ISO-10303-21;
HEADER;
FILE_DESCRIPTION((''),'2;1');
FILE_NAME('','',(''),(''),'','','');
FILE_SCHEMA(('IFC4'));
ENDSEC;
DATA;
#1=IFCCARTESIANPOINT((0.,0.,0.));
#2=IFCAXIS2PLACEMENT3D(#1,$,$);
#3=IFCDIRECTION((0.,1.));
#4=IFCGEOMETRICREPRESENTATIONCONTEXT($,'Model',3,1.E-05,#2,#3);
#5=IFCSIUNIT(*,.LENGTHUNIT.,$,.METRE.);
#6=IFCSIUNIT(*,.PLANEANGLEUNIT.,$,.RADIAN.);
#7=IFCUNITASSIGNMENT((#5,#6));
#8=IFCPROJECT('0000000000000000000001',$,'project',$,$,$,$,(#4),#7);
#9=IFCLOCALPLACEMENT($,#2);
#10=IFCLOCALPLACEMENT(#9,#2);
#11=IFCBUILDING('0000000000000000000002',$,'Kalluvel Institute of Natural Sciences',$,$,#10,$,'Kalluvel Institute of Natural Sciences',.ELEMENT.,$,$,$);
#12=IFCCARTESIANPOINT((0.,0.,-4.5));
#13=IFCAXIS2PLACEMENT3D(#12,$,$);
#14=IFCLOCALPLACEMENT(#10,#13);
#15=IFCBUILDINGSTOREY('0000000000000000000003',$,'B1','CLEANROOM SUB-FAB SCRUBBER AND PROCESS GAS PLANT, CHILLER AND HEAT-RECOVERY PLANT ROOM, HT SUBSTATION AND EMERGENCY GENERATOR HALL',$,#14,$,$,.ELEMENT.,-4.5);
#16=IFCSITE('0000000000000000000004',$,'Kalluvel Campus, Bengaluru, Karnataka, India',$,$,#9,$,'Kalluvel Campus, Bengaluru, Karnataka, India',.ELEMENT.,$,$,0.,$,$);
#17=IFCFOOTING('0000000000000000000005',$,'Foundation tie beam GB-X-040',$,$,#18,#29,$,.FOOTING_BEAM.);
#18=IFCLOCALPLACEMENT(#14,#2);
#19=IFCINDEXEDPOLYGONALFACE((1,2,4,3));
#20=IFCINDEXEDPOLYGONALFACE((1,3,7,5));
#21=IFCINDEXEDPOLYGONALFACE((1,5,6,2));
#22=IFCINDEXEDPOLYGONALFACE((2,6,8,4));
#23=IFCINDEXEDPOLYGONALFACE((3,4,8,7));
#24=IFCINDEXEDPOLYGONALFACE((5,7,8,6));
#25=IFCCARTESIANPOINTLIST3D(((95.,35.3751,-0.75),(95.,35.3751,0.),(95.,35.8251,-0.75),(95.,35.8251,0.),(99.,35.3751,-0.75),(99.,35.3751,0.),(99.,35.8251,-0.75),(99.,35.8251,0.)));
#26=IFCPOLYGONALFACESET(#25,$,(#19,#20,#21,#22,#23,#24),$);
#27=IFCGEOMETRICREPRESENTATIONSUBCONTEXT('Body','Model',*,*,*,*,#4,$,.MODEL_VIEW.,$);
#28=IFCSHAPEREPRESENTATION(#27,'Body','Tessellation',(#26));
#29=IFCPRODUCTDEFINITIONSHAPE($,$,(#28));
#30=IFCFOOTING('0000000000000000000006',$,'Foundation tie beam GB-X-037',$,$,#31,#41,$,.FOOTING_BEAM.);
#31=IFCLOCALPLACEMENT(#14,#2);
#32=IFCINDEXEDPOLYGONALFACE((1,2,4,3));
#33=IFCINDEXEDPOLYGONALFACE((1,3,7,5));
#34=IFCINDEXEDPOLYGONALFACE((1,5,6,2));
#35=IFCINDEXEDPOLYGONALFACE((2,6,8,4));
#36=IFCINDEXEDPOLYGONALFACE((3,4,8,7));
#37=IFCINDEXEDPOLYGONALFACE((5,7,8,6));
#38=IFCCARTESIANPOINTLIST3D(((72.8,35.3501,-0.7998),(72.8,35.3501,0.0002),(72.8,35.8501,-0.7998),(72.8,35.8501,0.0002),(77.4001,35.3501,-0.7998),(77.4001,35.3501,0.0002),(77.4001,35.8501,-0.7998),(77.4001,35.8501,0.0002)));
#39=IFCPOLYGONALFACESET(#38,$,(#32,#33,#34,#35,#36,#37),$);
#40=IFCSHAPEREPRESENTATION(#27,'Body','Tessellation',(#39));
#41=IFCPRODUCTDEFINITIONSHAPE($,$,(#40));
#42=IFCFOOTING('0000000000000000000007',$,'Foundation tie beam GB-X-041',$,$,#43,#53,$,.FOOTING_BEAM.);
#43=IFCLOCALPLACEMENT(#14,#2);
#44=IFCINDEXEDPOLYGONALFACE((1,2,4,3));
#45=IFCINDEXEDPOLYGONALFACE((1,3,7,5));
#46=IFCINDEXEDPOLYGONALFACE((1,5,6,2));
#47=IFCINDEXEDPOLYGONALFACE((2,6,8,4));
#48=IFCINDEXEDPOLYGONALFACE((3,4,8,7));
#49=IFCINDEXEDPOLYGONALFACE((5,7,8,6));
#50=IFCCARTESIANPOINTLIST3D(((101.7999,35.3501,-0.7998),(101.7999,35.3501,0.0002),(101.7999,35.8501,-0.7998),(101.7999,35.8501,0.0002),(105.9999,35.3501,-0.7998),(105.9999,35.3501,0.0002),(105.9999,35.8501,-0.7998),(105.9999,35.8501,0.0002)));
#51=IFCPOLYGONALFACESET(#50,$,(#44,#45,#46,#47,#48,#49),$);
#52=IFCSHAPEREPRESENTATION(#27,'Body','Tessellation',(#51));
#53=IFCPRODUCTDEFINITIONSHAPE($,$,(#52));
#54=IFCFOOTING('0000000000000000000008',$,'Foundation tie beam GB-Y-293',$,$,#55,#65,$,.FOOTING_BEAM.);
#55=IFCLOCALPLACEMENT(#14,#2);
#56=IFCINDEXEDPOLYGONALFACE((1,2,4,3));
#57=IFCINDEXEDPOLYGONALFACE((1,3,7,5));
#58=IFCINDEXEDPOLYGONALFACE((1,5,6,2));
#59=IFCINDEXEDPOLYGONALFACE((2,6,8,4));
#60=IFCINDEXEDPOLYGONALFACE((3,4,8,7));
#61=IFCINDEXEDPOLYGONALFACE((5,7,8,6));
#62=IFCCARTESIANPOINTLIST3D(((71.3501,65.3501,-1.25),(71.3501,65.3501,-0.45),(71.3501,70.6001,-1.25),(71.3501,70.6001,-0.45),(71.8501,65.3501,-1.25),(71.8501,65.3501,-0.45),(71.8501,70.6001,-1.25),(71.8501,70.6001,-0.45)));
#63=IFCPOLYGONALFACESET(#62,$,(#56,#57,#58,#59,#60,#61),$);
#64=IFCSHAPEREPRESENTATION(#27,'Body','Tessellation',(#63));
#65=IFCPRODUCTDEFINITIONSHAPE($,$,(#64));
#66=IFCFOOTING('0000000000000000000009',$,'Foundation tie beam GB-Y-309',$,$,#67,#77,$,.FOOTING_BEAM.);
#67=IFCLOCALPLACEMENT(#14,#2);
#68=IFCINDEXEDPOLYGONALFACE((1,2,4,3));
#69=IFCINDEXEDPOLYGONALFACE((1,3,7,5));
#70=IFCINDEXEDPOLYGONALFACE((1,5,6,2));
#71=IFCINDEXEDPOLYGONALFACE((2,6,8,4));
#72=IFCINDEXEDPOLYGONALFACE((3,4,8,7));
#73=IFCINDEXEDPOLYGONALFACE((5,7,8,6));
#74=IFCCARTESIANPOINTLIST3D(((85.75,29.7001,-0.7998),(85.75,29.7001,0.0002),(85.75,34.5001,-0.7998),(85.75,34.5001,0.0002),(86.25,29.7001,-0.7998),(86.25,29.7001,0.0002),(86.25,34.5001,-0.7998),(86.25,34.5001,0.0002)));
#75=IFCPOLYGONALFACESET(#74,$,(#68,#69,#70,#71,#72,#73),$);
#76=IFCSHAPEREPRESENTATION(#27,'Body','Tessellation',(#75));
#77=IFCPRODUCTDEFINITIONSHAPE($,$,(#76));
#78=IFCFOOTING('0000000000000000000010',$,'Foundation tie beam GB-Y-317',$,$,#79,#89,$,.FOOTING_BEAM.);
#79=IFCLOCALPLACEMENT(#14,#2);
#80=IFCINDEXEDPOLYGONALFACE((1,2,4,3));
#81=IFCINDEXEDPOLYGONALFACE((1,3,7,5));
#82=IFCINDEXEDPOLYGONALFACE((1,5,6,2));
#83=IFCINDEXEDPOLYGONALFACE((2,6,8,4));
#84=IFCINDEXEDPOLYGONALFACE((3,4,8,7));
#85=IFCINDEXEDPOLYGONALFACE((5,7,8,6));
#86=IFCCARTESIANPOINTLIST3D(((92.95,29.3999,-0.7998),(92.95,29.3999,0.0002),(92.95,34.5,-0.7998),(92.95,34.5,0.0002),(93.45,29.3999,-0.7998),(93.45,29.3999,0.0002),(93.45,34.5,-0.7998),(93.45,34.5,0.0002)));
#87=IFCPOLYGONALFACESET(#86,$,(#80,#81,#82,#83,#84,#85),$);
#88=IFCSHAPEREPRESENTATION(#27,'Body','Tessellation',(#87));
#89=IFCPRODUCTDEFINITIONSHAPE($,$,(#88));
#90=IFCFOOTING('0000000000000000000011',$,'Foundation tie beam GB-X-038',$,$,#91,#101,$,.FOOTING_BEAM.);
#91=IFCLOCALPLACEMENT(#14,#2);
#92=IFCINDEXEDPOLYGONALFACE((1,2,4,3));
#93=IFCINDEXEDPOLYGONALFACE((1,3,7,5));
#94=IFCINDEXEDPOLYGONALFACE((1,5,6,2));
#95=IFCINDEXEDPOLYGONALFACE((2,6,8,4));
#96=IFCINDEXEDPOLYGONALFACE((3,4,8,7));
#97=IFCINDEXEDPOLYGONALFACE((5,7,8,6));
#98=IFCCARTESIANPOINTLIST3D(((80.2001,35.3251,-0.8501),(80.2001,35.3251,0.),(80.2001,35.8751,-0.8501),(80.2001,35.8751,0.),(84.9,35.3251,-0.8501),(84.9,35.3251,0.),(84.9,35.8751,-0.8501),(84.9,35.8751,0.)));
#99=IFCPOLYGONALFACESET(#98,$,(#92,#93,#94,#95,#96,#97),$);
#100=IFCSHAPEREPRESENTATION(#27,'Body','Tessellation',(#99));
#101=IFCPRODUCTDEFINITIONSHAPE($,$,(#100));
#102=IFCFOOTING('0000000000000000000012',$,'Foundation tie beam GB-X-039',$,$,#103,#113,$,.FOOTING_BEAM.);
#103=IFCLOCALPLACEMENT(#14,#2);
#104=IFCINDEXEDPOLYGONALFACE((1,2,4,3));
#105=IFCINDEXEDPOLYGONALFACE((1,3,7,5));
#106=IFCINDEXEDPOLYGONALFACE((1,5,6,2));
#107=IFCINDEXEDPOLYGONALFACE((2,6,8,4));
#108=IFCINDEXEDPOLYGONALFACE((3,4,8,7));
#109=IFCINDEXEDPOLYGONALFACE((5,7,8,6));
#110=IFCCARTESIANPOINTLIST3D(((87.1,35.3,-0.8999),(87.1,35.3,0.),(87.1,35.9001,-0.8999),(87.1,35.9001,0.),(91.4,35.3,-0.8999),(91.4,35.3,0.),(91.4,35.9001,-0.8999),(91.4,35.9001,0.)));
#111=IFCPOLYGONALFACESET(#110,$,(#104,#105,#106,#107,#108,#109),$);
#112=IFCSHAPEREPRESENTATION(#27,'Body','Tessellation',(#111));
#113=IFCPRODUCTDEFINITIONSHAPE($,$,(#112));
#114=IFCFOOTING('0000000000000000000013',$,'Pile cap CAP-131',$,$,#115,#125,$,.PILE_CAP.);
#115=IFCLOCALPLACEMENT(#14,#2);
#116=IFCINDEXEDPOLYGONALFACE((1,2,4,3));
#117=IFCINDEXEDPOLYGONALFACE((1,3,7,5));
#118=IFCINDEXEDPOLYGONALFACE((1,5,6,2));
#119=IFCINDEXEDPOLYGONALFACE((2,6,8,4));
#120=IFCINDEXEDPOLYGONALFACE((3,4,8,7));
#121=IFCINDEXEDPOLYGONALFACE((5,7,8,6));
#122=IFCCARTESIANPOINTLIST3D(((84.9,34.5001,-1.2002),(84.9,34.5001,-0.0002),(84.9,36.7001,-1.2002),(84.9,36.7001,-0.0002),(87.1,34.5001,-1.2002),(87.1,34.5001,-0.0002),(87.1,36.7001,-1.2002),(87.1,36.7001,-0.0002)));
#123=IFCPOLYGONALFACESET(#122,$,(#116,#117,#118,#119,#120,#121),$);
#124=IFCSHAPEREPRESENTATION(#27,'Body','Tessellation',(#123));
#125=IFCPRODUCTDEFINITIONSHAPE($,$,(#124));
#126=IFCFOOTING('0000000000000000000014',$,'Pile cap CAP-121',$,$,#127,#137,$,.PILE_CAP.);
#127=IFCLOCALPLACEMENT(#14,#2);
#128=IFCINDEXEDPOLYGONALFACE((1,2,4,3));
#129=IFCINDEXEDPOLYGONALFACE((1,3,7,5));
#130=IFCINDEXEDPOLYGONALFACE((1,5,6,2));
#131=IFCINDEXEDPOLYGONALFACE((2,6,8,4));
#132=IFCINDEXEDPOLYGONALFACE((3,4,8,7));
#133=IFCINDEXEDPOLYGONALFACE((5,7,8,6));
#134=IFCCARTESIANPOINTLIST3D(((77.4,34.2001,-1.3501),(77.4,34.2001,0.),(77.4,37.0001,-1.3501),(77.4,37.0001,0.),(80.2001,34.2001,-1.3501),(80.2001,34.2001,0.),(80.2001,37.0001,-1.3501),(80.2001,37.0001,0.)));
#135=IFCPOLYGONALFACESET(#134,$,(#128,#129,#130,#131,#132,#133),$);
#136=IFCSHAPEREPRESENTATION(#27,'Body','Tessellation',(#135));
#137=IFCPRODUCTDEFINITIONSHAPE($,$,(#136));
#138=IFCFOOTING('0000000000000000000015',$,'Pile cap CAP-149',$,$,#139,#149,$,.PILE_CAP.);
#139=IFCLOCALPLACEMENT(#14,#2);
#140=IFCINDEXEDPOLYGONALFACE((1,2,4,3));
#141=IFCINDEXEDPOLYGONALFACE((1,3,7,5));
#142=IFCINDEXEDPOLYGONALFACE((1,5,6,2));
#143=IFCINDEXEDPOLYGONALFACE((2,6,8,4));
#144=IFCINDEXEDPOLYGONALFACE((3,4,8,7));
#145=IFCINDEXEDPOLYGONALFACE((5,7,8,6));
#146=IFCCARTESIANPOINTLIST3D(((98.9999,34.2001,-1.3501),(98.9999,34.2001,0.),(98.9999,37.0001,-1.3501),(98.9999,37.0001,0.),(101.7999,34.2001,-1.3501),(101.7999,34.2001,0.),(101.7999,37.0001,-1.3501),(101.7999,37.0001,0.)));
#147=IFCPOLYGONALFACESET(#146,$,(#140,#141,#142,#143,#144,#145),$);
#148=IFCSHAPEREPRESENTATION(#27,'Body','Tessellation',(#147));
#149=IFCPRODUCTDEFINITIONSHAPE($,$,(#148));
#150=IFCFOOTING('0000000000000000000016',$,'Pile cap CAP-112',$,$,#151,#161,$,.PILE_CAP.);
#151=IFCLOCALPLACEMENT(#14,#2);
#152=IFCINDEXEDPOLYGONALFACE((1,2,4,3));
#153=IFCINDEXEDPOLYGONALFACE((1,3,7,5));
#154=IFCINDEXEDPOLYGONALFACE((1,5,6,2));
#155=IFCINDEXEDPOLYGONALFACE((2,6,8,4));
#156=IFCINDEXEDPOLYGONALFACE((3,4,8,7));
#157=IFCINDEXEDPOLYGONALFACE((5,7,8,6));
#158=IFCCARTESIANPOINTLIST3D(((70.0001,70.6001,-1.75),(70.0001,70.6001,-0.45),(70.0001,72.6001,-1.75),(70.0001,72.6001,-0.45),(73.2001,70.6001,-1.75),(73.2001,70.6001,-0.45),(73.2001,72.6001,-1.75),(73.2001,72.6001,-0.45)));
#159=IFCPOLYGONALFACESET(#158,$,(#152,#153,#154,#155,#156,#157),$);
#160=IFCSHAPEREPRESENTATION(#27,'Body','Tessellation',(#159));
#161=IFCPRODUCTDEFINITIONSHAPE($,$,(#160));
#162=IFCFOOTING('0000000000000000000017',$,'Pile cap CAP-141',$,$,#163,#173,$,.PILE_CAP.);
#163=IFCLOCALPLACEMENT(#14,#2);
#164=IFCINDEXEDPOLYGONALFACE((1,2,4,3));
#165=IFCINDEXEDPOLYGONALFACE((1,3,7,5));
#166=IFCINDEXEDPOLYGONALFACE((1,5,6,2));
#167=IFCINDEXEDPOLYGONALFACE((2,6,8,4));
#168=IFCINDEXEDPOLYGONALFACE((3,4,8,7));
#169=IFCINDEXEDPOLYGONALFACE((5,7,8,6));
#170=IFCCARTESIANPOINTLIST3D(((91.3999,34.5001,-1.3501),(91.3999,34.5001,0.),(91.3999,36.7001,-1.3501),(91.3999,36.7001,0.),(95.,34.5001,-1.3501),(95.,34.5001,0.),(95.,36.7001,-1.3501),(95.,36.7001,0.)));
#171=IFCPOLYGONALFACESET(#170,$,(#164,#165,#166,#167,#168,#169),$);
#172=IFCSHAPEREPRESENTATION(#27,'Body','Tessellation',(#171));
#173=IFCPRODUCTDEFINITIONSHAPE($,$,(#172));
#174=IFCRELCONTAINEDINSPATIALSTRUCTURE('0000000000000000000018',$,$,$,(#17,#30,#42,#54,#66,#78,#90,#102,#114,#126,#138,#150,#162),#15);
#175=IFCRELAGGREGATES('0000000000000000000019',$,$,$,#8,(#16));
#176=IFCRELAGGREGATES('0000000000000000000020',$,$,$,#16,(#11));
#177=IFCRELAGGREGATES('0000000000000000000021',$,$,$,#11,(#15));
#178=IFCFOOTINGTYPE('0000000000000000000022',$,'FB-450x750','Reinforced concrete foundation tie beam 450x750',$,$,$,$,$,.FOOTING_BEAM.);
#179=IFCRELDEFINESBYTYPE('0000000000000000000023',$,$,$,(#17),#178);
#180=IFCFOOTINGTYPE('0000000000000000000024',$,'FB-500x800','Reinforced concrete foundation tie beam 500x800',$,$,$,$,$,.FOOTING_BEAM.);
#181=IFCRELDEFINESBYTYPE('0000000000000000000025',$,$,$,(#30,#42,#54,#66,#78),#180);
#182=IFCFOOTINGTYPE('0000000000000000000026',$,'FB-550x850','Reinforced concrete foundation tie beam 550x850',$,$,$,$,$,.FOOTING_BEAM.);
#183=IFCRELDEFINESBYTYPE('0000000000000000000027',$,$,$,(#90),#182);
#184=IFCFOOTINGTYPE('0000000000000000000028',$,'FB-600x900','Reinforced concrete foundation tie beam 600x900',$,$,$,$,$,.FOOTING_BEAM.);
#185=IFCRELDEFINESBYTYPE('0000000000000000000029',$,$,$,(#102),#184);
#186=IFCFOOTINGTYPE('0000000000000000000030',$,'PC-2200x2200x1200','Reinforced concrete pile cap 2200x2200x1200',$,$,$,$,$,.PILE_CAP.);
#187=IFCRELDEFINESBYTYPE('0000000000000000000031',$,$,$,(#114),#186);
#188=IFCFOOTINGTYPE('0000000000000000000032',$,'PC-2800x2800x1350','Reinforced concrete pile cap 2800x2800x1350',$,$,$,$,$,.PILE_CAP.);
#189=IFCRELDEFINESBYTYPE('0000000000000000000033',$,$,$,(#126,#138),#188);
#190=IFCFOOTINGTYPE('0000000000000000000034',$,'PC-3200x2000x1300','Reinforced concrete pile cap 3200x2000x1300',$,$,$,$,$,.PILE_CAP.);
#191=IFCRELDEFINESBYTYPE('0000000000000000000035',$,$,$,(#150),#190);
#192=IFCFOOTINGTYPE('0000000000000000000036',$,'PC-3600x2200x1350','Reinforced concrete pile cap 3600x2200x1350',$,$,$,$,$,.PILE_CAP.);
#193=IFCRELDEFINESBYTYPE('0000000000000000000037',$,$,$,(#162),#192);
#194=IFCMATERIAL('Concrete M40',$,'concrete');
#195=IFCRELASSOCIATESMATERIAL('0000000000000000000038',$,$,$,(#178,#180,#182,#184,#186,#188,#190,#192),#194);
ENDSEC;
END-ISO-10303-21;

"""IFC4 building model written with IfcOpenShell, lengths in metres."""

from ifc_helpers import new_model, si_unit, direction, frame, origin, origin_2d, place, context, subcontext, project, spatial, rectangle, extrude, material, type_object, element, save


model = new_model("IFC4")

# Units and contexts
model_context = context("Model", 3, precision=1e-05, world=origin(), true_north=direction((0.0, 1.0)))
body_context = subcontext(model_context, "Body", "Model", "MODEL_VIEW")
ifc_project = project(units=[si_unit("LENGTHUNIT", "METRE"), si_unit("PLANEANGLEUNIT", "RADIAN")], contexts=[model_context])

# Site, building, storey
site_placement = place(None, origin())
site = spatial("IfcSite", under=ifc_project, at=site_placement, Name="Kalluvel Campus, Bengaluru, Karnataka, India", LongName="Kalluvel Campus, Bengaluru, Karnataka, India", CompositionType="ELEMENT", RefElevation=0.0)
building_placement = place(site_placement, origin())
building = spatial("IfcBuilding", under=site, at=building_placement, Name="Kalluvel Institute of Natural Sciences", LongName="Kalluvel Institute of Natural Sciences", CompositionType="ELEMENT")
storey_placement = place(building_placement, frame((0.0, 0.0, -4.5)))
storey = spatial("IfcBuildingStorey", under=building, at=storey_placement, Name="B1", Description="CLEANROOM SUB-FAB SCRUBBER AND PROCESS GAS PLANT, CHILLER AND HEAT-RECOVERY PLANT ROOM, HT SUBSTATION AND EMERGENCY GENERATOR HALL", CompositionType="ELEMENT", Elevation=-4.5)

# Footings
ifc_material_1 = material(Name="Concrete M40", Category="concrete")
footing_type_1 = type_object("IfcFootingType", Name="FB-450x750", Description="Reinforced concrete foundation tie beam 450x750", PredefinedType="FOOTING_BEAM", material=ifc_material_1)
footing_1_placement = place(storey_placement, frame((97.0, 35.6001, -0.75), z_axis=(0.0, 0.0, 1.0), x_axis=(1.0, 0.0, 0.0)))
element("IfcFooting", 1, at=footing_1_placement, inside=storey, type_object=footing_type_1, Name="Foundation tie beam GB-X-040", PredefinedType="FOOTING_BEAM", context=body_context, shape_type="SweptSolid", body=[
    extrude(rectangle(XDim=4.0, YDim=0.45, at=origin_2d()), origin(), (0.0, 0.0, 1.0), 0.75),
])
footing_type_2 = type_object("IfcFootingType", Name="FB-500x800", Description="Reinforced concrete foundation tie beam 500x800", PredefinedType="FOOTING_BEAM", material=ifc_material_1)
footing_2_placement = place(storey_placement, frame((75.1001, 35.6001, -0.7998), z_axis=(0.0, 0.0, 1.0), x_axis=(1.0, 0.0, 0.0)))
element("IfcFooting", 2, at=footing_2_placement, inside=storey, type_object=footing_type_2, Name="Foundation tie beam GB-X-037", PredefinedType="FOOTING_BEAM", context=body_context, shape_type="SweptSolid", body=[
    extrude(rectangle(XDim=4.6001, YDim=0.5, at=origin_2d()), origin(), (0.0, 0.0, 1.0), 0.8),
])
footing_3_placement = place(storey_placement, frame((103.8999, 35.6001, -0.7998), z_axis=(0.0, 0.0, 1.0), x_axis=(1.0, 0.0, 0.0)))
element("IfcFooting", 3, at=footing_3_placement, inside=storey, type_object=footing_type_2, Name="Foundation tie beam GB-X-041", PredefinedType="FOOTING_BEAM", context=body_context, shape_type="SweptSolid", body=[
    extrude(rectangle(XDim=4.2, YDim=0.5, at=origin_2d()), origin(), (0.0, 0.0, 1.0), 0.8),
])
footing_4_placement = place(storey_placement, frame((71.6001, 67.9751, -1.25), z_axis=(0.0, 0.0, 1.0), x_axis=(1.0, 0.0, 0.0)))
element("IfcFooting", 4, at=footing_4_placement, inside=storey, type_object=footing_type_2, Name="Foundation tie beam GB-Y-293", PredefinedType="FOOTING_BEAM", context=body_context, shape_type="SweptSolid", body=[
    extrude(rectangle(XDim=0.5, YDim=5.25, at=origin_2d()), origin(), (0.0, 0.0, 1.0), 0.8),
])
footing_5_placement = place(storey_placement, frame((86.0, 32.1001, -0.7998), z_axis=(0.0, 0.0, 1.0), x_axis=(1.0, 0.0, 0.0)))
element("IfcFooting", 5, at=footing_5_placement, inside=storey, type_object=footing_type_2, Name="Foundation tie beam GB-Y-309", PredefinedType="FOOTING_BEAM", context=body_context, shape_type="SweptSolid", body=[
    extrude(rectangle(XDim=0.5, YDim=4.8, at=origin_2d()), origin(), (0.0, 0.0, 1.0), 0.8),
])
footing_6_placement = place(storey_placement, frame((93.2, 31.95, -0.7998), z_axis=(0.0, 0.0, 1.0), x_axis=(1.0, 0.0, 0.0)))
element("IfcFooting", 6, at=footing_6_placement, inside=storey, type_object=footing_type_2, Name="Foundation tie beam GB-Y-317", PredefinedType="FOOTING_BEAM", context=body_context, shape_type="SweptSolid", body=[
    extrude(rectangle(XDim=0.5, YDim=5.1001, at=origin_2d()), origin(), (0.0, 0.0, 1.0), 0.8),
])
footing_type_3 = type_object("IfcFootingType", Name="FB-550x850", Description="Reinforced concrete foundation tie beam 550x850", PredefinedType="FOOTING_BEAM", material=ifc_material_1)
footing_7_placement = place(storey_placement, frame((82.55, 35.6001, -0.8501), z_axis=(0.0, 0.0, 1.0), x_axis=(1.0, 0.0, 0.0)))
element("IfcFooting", 7, at=footing_7_placement, inside=storey, type_object=footing_type_3, Name="Foundation tie beam GB-X-038", PredefinedType="FOOTING_BEAM", context=body_context, shape_type="SweptSolid", body=[
    extrude(rectangle(XDim=4.7, YDim=0.55, at=origin_2d()), origin(), (0.0, 0.0, 1.0), 0.8501),
])
footing_type_4 = type_object("IfcFootingType", Name="FB-600x900", Description="Reinforced concrete foundation tie beam 600x900", PredefinedType="FOOTING_BEAM", material=ifc_material_1)
footing_8_placement = place(storey_placement, frame((89.25, 35.6001, -0.8999), z_axis=(0.0, 0.0, 1.0), x_axis=(1.0, 0.0, 0.0)))
element("IfcFooting", 8, at=footing_8_placement, inside=storey, type_object=footing_type_4, Name="Foundation tie beam GB-X-039", PredefinedType="FOOTING_BEAM", context=body_context, shape_type="SweptSolid", body=[
    extrude(rectangle(XDim=4.3, YDim=0.6001, at=origin_2d()), origin(), (0.0, 0.0, 1.0), 0.8999),
])
footing_type_5 = type_object("IfcFootingType", Name="PC-2200x2200x1200", Description="Reinforced concrete pile cap 2200x2200x1200", PredefinedType="PILE_CAP", material=ifc_material_1)
footing_9_placement = place(storey_placement, frame((86.0, 35.6001, -1.2002), z_axis=(0.0, 0.0, 1.0), x_axis=(1.0, 0.0, 0.0)))
element("IfcFooting", 9, at=footing_9_placement, inside=storey, type_object=footing_type_5, Name="Pile cap CAP-131", PredefinedType="PILE_CAP", context=body_context, shape_type="SweptSolid", body=[
    extrude(rectangle(XDim=2.2, YDim=2.2, at=origin_2d()), origin(), (0.0, 0.0, 1.0), 1.2),
])
footing_type_6 = type_object("IfcFootingType", Name="PC-2800x2800x1350", Description="Reinforced concrete pile cap 2800x2800x1350", PredefinedType="PILE_CAP", material=ifc_material_1)
for number, where, z_axis, x_axis, name in (
    (10, (78.8, 35.6001, -1.3501), (0.0, 0.0, 1.0), (1.0, 0.0, 0.0), "Pile cap CAP-121"),
    (11, (100.3999, 35.6001, -1.3501), (0.0, 0.0, 1.0), (1.0, 0.0, 0.0), "Pile cap CAP-149"),
):
    element("IfcFooting", number, at=place(storey_placement, frame(where, z_axis=z_axis, x_axis=x_axis)), inside=storey, type_object=footing_type_6, Name=name, PredefinedType="PILE_CAP", context=body_context, shape_type="SweptSolid", body=[
        extrude(rectangle(XDim=2.8, YDim=2.8, at=origin_2d()), origin(), (0.0, 0.0, 1.0), 1.3501),
    ])
footing_type_7 = type_object("IfcFootingType", Name="PC-3200x2000x1300", Description="Reinforced concrete pile cap 3200x2000x1300", PredefinedType="PILE_CAP", material=ifc_material_1)
footing_10_placement = place(storey_placement, frame((71.6001, 71.6001, -1.75), z_axis=(0.0, 0.0, 1.0), x_axis=(1.0, 0.0, 0.0)))
element("IfcFooting", 12, at=footing_10_placement, inside=storey, type_object=footing_type_7, Name="Pile cap CAP-112", PredefinedType="PILE_CAP", context=body_context, shape_type="SweptSolid", body=[
    extrude(rectangle(XDim=3.2, YDim=2.0, at=origin_2d()), origin(), (0.0, 0.0, 1.0), 1.3),
])
footing_type_8 = type_object("IfcFootingType", Name="PC-3600x2200x1350", Description="Reinforced concrete pile cap 3600x2200x1350", PredefinedType="PILE_CAP", material=ifc_material_1)
footing_11_placement = place(storey_placement, frame((93.2, 35.6001, -1.3501), z_axis=(0.0, 0.0, 1.0), x_axis=(1.0, 0.0, 0.0)))
element("IfcFooting", 13, at=footing_11_placement, inside=storey, type_object=footing_type_8, Name="Pile cap CAP-141", PredefinedType="PILE_CAP", context=body_context, shape_type="SweptSolid", body=[
    extrude(rectangle(XDim=3.6001, YDim=2.2, at=origin_2d()), origin(), (0.0, 0.0, 1.0), 1.3501),
])

save(model, "model.ifc")
